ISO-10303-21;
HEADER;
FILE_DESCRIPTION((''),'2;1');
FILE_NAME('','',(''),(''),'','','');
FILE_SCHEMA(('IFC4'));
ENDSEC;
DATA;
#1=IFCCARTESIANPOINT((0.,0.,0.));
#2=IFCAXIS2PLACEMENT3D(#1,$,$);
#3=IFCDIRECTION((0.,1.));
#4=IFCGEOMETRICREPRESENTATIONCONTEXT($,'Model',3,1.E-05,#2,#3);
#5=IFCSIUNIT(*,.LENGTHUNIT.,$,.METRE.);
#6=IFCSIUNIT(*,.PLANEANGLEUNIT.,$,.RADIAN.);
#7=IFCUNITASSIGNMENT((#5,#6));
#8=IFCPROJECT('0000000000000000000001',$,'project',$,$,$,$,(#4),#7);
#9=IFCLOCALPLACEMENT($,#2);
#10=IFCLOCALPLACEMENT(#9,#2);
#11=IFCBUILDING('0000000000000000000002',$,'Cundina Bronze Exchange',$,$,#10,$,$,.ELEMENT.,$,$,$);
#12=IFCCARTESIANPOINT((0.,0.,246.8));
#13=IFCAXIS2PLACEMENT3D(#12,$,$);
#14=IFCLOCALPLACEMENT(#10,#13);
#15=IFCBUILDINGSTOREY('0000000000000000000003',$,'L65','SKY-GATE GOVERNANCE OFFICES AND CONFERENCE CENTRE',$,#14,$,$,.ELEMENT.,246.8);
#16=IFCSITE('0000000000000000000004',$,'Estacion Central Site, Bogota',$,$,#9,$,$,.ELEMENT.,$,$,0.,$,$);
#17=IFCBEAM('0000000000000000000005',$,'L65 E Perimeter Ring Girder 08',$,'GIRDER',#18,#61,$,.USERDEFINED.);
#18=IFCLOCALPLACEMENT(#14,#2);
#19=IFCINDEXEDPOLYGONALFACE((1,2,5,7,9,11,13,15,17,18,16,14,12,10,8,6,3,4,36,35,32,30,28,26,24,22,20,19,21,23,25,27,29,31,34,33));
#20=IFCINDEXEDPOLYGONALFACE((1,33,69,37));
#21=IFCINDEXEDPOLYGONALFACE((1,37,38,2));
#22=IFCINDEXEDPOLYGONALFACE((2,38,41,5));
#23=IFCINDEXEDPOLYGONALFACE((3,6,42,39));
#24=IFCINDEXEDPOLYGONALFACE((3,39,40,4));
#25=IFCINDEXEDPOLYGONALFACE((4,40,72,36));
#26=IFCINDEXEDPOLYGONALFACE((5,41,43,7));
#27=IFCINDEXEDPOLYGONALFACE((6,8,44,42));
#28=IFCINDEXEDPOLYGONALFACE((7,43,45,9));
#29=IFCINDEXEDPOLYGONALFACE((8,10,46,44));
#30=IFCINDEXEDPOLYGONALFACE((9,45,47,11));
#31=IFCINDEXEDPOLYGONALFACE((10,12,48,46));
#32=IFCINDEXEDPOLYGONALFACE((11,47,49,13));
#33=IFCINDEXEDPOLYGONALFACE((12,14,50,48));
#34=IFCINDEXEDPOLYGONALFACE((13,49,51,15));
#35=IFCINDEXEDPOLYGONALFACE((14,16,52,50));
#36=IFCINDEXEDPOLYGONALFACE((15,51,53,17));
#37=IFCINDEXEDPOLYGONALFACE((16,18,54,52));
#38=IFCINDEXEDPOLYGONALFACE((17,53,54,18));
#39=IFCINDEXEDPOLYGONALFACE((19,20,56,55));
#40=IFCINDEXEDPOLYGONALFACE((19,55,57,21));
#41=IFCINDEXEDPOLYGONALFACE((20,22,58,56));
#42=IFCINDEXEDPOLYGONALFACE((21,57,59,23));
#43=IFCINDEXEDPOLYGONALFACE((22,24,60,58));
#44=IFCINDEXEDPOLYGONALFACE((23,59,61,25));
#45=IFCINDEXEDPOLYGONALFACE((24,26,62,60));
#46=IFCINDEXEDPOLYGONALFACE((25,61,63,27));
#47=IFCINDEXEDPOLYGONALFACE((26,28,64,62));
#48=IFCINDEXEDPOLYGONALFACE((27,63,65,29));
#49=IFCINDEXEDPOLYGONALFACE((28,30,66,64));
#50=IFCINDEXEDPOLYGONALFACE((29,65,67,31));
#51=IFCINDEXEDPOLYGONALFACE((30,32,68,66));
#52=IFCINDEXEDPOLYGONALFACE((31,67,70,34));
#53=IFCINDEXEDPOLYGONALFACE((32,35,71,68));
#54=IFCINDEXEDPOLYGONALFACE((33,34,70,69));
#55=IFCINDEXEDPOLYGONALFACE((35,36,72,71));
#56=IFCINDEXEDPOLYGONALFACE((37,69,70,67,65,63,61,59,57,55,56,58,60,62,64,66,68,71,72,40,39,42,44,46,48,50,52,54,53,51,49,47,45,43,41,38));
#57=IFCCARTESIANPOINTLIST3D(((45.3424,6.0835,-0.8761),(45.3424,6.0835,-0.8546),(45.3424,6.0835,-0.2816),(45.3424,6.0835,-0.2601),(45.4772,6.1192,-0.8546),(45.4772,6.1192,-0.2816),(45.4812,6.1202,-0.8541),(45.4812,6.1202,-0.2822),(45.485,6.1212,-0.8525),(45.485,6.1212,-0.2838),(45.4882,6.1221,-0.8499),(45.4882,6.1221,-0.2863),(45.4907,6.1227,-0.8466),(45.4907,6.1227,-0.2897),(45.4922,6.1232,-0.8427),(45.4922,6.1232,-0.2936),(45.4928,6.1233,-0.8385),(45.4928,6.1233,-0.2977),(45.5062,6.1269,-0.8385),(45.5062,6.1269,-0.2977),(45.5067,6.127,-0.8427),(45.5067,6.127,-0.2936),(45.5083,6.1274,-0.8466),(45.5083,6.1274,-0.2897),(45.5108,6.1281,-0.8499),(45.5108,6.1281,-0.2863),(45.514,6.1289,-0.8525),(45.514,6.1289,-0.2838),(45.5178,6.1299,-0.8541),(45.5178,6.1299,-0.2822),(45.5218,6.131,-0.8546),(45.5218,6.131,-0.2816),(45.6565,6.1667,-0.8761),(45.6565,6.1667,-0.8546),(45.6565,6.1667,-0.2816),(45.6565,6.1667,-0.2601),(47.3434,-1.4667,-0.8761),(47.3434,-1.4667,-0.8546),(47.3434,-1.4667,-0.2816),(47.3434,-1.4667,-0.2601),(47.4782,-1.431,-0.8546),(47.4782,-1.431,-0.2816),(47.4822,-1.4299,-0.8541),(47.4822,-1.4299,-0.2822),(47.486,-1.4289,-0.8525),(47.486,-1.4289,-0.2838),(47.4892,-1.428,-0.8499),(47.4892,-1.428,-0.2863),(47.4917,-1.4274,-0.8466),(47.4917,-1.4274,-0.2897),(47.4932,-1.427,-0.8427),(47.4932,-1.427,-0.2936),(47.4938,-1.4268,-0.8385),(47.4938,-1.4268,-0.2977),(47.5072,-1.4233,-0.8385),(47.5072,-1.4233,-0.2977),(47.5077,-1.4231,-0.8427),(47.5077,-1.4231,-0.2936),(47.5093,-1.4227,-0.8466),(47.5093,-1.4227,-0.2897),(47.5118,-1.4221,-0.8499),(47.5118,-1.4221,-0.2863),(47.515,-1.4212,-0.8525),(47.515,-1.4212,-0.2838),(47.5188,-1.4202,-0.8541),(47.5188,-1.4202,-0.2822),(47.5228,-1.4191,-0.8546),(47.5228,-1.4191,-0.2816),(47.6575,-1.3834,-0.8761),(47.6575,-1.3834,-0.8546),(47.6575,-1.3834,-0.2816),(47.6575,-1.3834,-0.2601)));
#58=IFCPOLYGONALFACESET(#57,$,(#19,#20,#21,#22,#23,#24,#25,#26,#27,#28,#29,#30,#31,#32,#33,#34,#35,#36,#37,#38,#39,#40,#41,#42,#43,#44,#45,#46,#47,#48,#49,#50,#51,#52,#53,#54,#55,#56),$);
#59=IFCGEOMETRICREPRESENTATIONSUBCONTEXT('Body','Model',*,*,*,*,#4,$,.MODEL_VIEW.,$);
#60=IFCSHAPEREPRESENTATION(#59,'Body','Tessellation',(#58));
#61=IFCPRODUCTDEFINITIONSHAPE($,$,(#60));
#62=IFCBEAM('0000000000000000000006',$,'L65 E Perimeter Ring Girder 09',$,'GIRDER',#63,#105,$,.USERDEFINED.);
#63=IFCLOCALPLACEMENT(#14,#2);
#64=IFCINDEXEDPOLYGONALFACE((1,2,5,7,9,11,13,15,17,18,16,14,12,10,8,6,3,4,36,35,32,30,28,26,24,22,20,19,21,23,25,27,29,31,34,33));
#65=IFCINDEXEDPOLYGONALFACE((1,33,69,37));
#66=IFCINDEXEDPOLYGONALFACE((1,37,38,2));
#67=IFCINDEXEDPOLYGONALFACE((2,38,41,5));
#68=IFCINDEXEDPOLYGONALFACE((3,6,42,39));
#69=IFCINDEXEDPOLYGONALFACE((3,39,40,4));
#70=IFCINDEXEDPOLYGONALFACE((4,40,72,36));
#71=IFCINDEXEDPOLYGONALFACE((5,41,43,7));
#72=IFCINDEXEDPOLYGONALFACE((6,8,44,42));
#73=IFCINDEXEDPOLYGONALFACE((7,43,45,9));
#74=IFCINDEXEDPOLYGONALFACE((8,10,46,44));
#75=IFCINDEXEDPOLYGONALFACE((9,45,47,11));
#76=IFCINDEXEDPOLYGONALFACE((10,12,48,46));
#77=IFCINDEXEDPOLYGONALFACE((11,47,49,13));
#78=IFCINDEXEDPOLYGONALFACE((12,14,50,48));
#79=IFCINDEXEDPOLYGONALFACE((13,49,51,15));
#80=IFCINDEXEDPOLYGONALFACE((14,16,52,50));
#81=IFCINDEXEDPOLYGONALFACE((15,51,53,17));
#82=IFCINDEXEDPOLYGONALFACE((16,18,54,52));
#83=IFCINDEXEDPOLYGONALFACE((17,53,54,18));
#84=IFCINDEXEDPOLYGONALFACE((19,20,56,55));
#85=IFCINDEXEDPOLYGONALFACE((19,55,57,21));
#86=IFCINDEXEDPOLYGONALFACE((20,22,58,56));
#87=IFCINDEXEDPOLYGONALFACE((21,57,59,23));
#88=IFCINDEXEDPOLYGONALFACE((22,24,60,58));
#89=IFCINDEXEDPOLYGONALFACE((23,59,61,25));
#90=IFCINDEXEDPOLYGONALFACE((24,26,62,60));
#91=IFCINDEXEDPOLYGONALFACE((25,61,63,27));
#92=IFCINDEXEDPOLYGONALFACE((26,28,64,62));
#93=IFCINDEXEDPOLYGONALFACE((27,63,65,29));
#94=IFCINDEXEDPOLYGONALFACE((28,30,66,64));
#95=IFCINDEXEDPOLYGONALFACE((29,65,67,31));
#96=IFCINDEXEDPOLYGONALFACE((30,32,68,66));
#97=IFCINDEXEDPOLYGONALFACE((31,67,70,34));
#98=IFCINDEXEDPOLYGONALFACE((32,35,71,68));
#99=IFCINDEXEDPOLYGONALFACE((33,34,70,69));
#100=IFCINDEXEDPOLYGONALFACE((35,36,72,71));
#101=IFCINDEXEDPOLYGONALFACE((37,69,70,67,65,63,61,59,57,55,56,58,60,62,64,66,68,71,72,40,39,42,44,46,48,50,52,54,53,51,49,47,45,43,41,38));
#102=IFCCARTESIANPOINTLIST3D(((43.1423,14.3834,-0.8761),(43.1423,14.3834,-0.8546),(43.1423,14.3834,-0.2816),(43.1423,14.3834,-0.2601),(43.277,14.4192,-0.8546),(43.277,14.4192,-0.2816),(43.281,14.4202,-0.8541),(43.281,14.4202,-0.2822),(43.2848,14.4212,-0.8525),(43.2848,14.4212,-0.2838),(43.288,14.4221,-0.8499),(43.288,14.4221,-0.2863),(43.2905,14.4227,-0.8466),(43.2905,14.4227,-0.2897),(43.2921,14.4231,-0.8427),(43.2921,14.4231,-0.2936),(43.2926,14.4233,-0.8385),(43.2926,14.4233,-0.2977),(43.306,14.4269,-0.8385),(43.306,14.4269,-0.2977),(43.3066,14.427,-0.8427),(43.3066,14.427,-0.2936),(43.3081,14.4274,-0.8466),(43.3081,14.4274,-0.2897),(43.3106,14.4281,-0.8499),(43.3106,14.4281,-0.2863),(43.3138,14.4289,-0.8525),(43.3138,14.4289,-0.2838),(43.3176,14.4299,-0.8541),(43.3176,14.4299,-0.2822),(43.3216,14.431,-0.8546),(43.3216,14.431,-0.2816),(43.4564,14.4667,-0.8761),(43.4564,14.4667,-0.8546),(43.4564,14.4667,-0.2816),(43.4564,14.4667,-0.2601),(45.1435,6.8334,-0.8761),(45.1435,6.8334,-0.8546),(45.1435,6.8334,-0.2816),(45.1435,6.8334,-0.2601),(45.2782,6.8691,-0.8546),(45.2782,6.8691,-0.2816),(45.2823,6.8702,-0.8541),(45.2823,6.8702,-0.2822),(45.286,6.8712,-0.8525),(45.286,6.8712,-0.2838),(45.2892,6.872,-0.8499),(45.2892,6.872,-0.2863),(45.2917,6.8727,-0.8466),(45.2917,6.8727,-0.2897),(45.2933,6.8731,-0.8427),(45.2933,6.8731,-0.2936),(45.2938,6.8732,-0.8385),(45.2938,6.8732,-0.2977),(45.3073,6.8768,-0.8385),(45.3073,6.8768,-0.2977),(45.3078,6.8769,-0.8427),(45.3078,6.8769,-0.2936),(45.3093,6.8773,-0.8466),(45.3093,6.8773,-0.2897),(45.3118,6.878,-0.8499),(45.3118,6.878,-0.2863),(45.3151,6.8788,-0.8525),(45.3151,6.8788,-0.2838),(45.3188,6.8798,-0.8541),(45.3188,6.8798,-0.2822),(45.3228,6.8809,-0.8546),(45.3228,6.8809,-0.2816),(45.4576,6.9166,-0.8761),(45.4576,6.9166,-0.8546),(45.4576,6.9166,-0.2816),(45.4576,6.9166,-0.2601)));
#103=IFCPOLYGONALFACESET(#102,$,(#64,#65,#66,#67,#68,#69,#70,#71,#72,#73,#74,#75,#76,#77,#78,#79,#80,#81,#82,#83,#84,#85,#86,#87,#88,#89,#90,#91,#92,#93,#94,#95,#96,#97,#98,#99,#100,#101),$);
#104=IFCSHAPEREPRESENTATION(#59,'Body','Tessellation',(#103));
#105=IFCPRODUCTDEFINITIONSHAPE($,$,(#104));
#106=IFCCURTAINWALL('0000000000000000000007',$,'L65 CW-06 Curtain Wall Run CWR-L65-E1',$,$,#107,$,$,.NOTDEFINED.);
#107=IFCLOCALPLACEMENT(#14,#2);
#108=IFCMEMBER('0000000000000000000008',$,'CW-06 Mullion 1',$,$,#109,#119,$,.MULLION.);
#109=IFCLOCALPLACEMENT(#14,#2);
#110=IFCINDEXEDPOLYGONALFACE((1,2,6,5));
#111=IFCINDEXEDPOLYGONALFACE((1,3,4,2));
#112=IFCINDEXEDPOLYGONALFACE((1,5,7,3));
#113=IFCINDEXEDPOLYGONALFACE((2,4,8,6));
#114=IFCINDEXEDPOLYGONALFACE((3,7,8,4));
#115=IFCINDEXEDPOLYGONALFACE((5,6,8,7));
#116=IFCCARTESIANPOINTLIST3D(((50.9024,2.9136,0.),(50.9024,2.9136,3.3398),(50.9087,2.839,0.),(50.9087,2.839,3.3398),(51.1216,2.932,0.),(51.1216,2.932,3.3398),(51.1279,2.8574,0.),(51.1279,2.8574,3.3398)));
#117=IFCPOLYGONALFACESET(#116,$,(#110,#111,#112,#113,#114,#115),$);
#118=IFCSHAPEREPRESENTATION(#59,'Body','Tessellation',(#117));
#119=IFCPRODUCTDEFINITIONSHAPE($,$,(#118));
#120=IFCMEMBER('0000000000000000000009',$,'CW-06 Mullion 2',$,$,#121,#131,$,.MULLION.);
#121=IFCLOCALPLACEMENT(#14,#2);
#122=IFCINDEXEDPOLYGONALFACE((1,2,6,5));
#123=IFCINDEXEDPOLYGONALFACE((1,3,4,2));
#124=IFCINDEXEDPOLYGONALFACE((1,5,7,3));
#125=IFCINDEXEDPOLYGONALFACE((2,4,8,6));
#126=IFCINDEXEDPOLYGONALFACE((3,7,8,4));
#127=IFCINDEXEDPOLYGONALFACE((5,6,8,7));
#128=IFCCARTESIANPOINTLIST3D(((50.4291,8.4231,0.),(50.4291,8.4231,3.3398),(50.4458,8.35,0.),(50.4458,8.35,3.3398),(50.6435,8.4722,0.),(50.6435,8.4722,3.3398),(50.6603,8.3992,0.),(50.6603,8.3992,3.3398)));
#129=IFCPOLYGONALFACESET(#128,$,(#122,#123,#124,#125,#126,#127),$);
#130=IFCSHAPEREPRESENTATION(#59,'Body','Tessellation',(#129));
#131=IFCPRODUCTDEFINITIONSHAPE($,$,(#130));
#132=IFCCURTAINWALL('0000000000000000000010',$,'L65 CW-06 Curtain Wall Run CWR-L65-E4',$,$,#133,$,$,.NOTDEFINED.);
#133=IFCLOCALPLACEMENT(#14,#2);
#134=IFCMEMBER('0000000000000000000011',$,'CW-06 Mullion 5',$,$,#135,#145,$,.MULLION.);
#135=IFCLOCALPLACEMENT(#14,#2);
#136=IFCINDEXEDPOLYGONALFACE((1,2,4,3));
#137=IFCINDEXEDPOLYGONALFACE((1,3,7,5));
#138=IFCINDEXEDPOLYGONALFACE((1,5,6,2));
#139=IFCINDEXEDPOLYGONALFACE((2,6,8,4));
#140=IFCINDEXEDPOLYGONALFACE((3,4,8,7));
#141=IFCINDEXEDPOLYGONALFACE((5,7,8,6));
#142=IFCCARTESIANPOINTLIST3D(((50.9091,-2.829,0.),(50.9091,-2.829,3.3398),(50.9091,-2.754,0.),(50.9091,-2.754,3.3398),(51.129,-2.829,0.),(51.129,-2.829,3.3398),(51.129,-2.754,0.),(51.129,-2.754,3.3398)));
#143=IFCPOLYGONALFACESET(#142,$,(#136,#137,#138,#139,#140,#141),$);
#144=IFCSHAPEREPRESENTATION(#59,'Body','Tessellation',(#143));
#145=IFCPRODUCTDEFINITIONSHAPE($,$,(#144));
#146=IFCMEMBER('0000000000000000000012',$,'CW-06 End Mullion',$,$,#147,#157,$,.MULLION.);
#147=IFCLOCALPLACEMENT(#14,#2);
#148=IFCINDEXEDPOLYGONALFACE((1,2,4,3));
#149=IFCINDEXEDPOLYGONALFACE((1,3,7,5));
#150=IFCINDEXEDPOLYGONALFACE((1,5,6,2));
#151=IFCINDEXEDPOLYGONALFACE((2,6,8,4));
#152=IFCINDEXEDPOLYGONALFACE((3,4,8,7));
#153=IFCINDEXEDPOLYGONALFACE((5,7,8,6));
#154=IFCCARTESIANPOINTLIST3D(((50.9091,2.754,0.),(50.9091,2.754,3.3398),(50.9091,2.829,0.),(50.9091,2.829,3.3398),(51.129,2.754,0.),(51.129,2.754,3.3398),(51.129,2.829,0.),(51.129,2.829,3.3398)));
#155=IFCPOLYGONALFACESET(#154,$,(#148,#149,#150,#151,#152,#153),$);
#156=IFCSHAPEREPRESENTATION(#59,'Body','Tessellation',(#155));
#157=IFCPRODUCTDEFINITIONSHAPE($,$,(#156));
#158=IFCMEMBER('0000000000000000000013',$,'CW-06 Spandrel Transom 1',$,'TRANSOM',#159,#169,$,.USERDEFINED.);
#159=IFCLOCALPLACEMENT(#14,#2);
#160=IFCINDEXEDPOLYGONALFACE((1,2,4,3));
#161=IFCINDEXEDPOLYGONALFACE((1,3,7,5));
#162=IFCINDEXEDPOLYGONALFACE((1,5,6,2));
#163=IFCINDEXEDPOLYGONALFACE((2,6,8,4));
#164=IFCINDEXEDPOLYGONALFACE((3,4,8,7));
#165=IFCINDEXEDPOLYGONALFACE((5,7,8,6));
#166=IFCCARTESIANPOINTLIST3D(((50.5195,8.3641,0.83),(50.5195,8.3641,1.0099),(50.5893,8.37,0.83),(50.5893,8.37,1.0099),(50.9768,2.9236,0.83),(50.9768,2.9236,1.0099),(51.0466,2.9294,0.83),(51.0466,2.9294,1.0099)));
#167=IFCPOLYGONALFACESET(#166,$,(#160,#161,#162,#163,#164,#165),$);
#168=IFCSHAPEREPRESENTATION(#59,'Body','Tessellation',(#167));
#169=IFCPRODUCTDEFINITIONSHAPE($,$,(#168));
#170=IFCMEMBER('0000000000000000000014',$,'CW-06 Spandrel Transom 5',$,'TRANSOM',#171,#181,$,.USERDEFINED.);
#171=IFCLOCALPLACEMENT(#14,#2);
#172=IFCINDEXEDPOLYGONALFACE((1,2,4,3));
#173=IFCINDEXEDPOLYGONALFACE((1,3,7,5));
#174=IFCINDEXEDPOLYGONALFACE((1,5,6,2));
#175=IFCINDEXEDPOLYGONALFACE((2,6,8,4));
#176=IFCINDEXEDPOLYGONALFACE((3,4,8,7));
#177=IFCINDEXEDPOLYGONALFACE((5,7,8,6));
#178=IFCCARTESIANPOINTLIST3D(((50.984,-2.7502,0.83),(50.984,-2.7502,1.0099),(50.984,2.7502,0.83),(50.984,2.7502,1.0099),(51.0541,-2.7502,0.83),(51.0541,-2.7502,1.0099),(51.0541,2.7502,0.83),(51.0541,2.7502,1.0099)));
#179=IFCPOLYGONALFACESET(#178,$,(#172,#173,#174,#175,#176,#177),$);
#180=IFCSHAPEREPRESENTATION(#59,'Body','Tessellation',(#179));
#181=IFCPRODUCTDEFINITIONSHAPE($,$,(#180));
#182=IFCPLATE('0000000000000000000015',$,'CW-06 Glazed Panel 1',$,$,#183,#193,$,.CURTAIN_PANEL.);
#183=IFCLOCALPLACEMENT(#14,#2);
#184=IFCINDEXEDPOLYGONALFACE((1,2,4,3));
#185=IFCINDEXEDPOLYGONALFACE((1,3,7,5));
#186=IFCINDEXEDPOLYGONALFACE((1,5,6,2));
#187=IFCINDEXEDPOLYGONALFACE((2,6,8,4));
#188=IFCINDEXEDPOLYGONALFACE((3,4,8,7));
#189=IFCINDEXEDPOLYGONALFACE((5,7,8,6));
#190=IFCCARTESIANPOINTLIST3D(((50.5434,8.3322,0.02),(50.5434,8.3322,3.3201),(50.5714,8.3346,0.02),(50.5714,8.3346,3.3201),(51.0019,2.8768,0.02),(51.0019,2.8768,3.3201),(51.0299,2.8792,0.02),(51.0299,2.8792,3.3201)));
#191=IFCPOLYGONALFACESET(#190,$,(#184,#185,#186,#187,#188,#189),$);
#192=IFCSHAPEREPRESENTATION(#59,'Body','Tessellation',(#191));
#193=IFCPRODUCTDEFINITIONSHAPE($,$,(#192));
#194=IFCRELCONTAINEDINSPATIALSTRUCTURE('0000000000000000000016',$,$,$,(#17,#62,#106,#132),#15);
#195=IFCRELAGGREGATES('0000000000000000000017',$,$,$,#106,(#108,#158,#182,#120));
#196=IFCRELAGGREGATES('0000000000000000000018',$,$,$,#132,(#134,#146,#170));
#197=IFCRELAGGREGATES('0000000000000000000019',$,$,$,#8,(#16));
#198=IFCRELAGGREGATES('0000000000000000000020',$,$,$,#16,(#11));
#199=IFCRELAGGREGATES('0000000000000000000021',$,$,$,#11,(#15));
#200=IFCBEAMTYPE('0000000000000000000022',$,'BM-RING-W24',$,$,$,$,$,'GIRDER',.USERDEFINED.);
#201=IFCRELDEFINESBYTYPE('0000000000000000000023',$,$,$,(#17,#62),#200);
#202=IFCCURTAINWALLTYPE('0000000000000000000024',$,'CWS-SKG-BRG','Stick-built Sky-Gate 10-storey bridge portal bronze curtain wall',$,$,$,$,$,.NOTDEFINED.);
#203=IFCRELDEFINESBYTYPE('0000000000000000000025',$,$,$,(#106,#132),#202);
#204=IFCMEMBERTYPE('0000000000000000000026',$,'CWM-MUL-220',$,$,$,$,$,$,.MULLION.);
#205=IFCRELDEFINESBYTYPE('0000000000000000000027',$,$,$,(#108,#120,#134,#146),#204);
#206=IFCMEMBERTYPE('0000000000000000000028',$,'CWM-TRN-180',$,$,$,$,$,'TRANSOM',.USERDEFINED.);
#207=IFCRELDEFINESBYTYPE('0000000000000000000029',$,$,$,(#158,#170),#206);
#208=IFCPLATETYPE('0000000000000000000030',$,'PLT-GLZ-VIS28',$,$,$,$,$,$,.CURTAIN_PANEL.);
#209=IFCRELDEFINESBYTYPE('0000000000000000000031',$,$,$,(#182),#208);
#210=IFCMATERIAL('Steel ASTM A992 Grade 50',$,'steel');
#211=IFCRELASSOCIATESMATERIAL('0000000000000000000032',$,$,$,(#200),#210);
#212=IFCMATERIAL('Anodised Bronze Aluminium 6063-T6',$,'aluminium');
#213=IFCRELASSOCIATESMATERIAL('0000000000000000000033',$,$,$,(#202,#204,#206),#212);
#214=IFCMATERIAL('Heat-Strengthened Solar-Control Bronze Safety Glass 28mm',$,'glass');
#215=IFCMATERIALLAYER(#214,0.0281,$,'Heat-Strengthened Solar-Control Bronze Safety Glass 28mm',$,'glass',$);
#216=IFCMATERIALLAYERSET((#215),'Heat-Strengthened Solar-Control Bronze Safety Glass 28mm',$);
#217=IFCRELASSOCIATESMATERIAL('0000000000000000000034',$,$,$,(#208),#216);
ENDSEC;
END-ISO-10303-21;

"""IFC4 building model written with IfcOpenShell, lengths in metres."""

from ifc_helpers import new_model, si_unit, direction, frame, origin, origin_2d, place, context, subcontext, project, spatial, rectangle, i_section, extrude, material, layer, layer_set, material_profile, profile_set, type_object, element, aggregate, save


model = new_model("IFC4")

# Units and contexts
model_context = context("Model", 3, precision=1e-05, world=origin(), true_north=direction((0.0, 1.0)))
body_context = subcontext(model_context, "Body", "Model", "MODEL_VIEW")
ifc_project = project(units=[si_unit("LENGTHUNIT", "METRE"), si_unit("PLANEANGLEUNIT", "RADIAN")], contexts=[model_context])

# Site, building, storey
site_placement = place(None, origin())
site = spatial("IfcSite", under=ifc_project, at=site_placement, Name="Estacion Central Site, Bogota", CompositionType="ELEMENT", RefElevation=0.0)
building_placement = place(site_placement, origin())
building = spatial("IfcBuilding", under=site, at=building_placement, Name="Cundina Bronze Exchange", CompositionType="ELEMENT")
storey_placement = place(building_placement, frame((0.0, 0.0, 246.8)))
storey = spatial("IfcBuildingStorey", under=building, at=storey_placement, Name="L65", Description="SKY-GATE GOVERNANCE OFFICES AND CONFERENCE CENTRE", CompositionType="ELEMENT", Elevation=246.8)

# Beams
ifc_material_1 = material(Name="Steel ASTM A992 Grade 50", Category="steel")
ifc_material_profile_1 = material_profile(ifc_material_1, i_section(OverallWidth=0.325, OverallDepth=0.616, WebThickness=0.0139, FlangeThickness=0.0215, FilletRadius=0.0161, at=origin_2d()), Name="W24X117", Category="steel")
ifc_profile_set_1 = profile_set([ifc_material_profile_1], Name="Steel ASTM A992 Grade 50")
beam_type_1 = type_object("IfcBeamType", Name="BM-RING-W24", ElementType="GIRDER", PredefinedType="USERDEFINED", material=ifc_profile_set_1)
for number, where, z_axis, x_axis, name in (
    (1, (47.5005, -1.425, -0.5681), (-0.256184, 0.966628, 0.0), (-0.966628, -0.256184, 0.0), "L65 E Perimeter Ring Girder 08"),
    (2, (45.3005, 6.875, -0.5681), (-0.256213, 0.96662, 0.0), (-0.96662, -0.256213, 0.0), "L65 E Perimeter Ring Girder 09"),
):
    element("IfcBeam", number, at=place(storey_placement, frame(where, z_axis=z_axis, x_axis=x_axis)), inside=storey, type_object=beam_type_1, Name=name, ObjectType="GIRDER", PredefinedType="USERDEFINED", context=body_context, shape_type="SweptSolid", body=[
        extrude(i_section(OverallWidth=0.325, OverallDepth=0.616, WebThickness=0.0139, FlangeThickness=0.0215, FilletRadius=0.0161, at=origin_2d()), origin(), (0.0, 0.0, 1.0), 7.8108),
    ])

# Curtain walls, members
ifc_material_2 = material(Name="Anodised Bronze Aluminium 6063-T6", Category="aluminium")
curtain_wall_type = type_object("IfcCurtainWallType", Name="CWS-SKG-BRG", Description="Stick-built Sky-Gate 10-storey bridge portal bronze curtain wall", PredefinedType="NOTDEFINED", material=ifc_material_2)
curtain_wall_1_placement = place(storey_placement, origin())
curtain_wall_1 = element("IfcCurtainWall", 3, at=curtain_wall_1_placement, inside=storey, type_object=curtain_wall_type, Name="L65 CW-06 Curtain Wall Run CWR-L65-E1", PredefinedType="NOTDEFINED")
ifc_material_profile_2 = material_profile(ifc_material_2, rectangle(XDim=0.075, YDim=0.22, at=origin_2d()), Name="AL75X220", Category="aluminium")
ifc_profile_set_2 = profile_set([ifc_material_profile_2], Name="Anodised Bronze Aluminium 6063-T6")
member_type_1 = type_object("IfcMemberType", Name="CWM-MUL-220", PredefinedType="MULLION", material=ifc_profile_set_2)
member_1_placement = place(storey_placement, frame((51.0151, 2.8855, 0.0), z_axis=(0.0, 0.0, 1.0), x_axis=(-0.083678, 0.996493, 0.0)))
member_1 = element("IfcMember", 4, at=member_1_placement, type_object=member_type_1, Name="CW-06 Mullion 1", PredefinedType="MULLION", context=body_context, shape_type="SweptSolid", body=[
    extrude(rectangle(XDim=0.075, YDim=0.22, at=origin_2d()), origin(), (0.0, 0.0, 1.0), 3.3398),
])
member_2_placement = place(storey_placement, frame((50.5447, 8.4111, 0.0), z_axis=(0.0, 0.0, 1.0), x_axis=(-0.22325, 0.974761, 0.0)))
member_2 = element("IfcMember", 5, at=member_2_placement, type_object=member_type_1, Name="CW-06 Mullion 2", PredefinedType="MULLION", context=body_context, shape_type="SweptSolid", body=[
    extrude(rectangle(XDim=0.075, YDim=0.22, at=origin_2d()), origin(), (0.0, 0.0, 1.0), 3.3398),
])
curtain_wall_2_placement = place(storey_placement, origin())
curtain_wall_2 = element("IfcCurtainWall", 6, at=curtain_wall_2_placement, inside=storey, type_object=curtain_wall_type, Name="L65 CW-06 Curtain Wall Run CWR-L65-E4", PredefinedType="NOTDEFINED")
member_3_placement = place(storey_placement, frame((51.019, -2.7915, 0.0), z_axis=(0.0, 0.0, 1.0), x_axis=(0.0, 1.0, 0.0)))
member_3 = element("IfcMember", 7, at=member_3_placement, type_object=member_type_1, Name="CW-06 Mullion 5", PredefinedType="MULLION", context=body_context, shape_type="SweptSolid", body=[
    extrude(rectangle(XDim=0.075, YDim=0.22, at=origin_2d()), origin(), (0.0, 0.0, 1.0), 3.3398),
])
member_4_placement = place(storey_placement, frame((51.019, 2.7915, 0.0), z_axis=(0.0, 0.0, 1.0), x_axis=(0.0, 1.0, 0.0)))
member_4 = element("IfcMember", 8, at=member_4_placement, type_object=member_type_1, Name="CW-06 End Mullion", PredefinedType="MULLION", context=body_context, shape_type="SweptSolid", body=[
    extrude(rectangle(XDim=0.075, YDim=0.22, at=origin_2d()), origin(), (0.0, 0.0, 1.0), 3.3398),
])

# Members
ifc_material_profile_3 = material_profile(ifc_material_2, rectangle(XDim=0.0701, YDim=0.1799, at=origin_2d()), Name="AL70X180", Category="aluminium")
ifc_profile_set_3 = profile_set([ifc_material_profile_3], Name="Anodised Bronze Aluminium 6063-T6")
member_type_2 = type_object("IfcMemberType", Name="CWM-TRN-180", ElementType="TRANSOM", PredefinedType="USERDEFINED", material=ifc_profile_set_3)
member_5_placement = place(storey_placement, frame((51.0117, 2.9265, 0.9199), z_axis=(-0.083756, 0.996486, 0.0), x_axis=(-0.996486, -0.083756, 0.0)))
member_5 = element("IfcMember", 9, at=member_5_placement, type_object=member_type_2, Name="CW-06 Spandrel Transom 1", ObjectType="TRANSOM", PredefinedType="USERDEFINED", context=body_context, shape_type="SweptSolid", body=[
    extrude(rectangle(XDim=0.0701, YDim=0.1799, at=origin_2d()), origin(), (0.0, 0.0, 1.0), 5.4597),
])
member_6_placement = place(storey_placement, frame((51.019, -2.7502, 0.9199), z_axis=(0.0, 1.0, 0.0), x_axis=(-1.0, 0.0, 0.0)))
member_6 = element("IfcMember", 10, at=member_6_placement, type_object=member_type_2, Name="CW-06 Spandrel Transom 5", ObjectType="TRANSOM", PredefinedType="USERDEFINED", context=body_context, shape_type="SweptSolid", body=[
    extrude(rectangle(XDim=0.0701, YDim=0.1799, at=origin_2d()), origin(), (0.0, 0.0, 1.0), 5.5005),
])

# Plate
ifc_material_3 = material(Name="Heat-Strengthened Solar-Control Bronze Safety Glass 28mm", Category="glass")
ifc_layer_1 = layer(ifc_material_3, 0.0281, Name="Heat-Strengthened Solar-Control Bronze Safety Glass 28mm", Category="glass")
ifc_layer_set_1 = layer_set([ifc_layer_1], Name="Heat-Strengthened Solar-Control Bronze Safety Glass 28mm")
plate_type = type_object("IfcPlateType", Name="PLT-GLZ-VIS28", PredefinedType="CURTAIN_PANEL", material=ifc_layer_set_1)
plate_1_placement = place(storey_placement, frame((50.7866, 5.6057, 0.02), z_axis=(0.0, 0.0, 1.0), x_axis=(-0.083747, 0.996487, 0.0)))
plate_1 = element("IfcPlate", 11, at=plate_1_placement, type_object=plate_type, Name="CW-06 Glazed Panel 1", PredefinedType="CURTAIN_PANEL", context=body_context, shape_type="SweptSolid", body=[
    extrude(rectangle(XDim=5.4746, YDim=0.0281, at=origin_2d()), origin(), (0.0, 0.0, 1.0), 3.3),
])
aggregate(curtain_wall_1, [member_1, member_5, plate_1, member_2])
aggregate(curtain_wall_2, [member_3, member_4, member_6])

save(model, "model.ifc")
